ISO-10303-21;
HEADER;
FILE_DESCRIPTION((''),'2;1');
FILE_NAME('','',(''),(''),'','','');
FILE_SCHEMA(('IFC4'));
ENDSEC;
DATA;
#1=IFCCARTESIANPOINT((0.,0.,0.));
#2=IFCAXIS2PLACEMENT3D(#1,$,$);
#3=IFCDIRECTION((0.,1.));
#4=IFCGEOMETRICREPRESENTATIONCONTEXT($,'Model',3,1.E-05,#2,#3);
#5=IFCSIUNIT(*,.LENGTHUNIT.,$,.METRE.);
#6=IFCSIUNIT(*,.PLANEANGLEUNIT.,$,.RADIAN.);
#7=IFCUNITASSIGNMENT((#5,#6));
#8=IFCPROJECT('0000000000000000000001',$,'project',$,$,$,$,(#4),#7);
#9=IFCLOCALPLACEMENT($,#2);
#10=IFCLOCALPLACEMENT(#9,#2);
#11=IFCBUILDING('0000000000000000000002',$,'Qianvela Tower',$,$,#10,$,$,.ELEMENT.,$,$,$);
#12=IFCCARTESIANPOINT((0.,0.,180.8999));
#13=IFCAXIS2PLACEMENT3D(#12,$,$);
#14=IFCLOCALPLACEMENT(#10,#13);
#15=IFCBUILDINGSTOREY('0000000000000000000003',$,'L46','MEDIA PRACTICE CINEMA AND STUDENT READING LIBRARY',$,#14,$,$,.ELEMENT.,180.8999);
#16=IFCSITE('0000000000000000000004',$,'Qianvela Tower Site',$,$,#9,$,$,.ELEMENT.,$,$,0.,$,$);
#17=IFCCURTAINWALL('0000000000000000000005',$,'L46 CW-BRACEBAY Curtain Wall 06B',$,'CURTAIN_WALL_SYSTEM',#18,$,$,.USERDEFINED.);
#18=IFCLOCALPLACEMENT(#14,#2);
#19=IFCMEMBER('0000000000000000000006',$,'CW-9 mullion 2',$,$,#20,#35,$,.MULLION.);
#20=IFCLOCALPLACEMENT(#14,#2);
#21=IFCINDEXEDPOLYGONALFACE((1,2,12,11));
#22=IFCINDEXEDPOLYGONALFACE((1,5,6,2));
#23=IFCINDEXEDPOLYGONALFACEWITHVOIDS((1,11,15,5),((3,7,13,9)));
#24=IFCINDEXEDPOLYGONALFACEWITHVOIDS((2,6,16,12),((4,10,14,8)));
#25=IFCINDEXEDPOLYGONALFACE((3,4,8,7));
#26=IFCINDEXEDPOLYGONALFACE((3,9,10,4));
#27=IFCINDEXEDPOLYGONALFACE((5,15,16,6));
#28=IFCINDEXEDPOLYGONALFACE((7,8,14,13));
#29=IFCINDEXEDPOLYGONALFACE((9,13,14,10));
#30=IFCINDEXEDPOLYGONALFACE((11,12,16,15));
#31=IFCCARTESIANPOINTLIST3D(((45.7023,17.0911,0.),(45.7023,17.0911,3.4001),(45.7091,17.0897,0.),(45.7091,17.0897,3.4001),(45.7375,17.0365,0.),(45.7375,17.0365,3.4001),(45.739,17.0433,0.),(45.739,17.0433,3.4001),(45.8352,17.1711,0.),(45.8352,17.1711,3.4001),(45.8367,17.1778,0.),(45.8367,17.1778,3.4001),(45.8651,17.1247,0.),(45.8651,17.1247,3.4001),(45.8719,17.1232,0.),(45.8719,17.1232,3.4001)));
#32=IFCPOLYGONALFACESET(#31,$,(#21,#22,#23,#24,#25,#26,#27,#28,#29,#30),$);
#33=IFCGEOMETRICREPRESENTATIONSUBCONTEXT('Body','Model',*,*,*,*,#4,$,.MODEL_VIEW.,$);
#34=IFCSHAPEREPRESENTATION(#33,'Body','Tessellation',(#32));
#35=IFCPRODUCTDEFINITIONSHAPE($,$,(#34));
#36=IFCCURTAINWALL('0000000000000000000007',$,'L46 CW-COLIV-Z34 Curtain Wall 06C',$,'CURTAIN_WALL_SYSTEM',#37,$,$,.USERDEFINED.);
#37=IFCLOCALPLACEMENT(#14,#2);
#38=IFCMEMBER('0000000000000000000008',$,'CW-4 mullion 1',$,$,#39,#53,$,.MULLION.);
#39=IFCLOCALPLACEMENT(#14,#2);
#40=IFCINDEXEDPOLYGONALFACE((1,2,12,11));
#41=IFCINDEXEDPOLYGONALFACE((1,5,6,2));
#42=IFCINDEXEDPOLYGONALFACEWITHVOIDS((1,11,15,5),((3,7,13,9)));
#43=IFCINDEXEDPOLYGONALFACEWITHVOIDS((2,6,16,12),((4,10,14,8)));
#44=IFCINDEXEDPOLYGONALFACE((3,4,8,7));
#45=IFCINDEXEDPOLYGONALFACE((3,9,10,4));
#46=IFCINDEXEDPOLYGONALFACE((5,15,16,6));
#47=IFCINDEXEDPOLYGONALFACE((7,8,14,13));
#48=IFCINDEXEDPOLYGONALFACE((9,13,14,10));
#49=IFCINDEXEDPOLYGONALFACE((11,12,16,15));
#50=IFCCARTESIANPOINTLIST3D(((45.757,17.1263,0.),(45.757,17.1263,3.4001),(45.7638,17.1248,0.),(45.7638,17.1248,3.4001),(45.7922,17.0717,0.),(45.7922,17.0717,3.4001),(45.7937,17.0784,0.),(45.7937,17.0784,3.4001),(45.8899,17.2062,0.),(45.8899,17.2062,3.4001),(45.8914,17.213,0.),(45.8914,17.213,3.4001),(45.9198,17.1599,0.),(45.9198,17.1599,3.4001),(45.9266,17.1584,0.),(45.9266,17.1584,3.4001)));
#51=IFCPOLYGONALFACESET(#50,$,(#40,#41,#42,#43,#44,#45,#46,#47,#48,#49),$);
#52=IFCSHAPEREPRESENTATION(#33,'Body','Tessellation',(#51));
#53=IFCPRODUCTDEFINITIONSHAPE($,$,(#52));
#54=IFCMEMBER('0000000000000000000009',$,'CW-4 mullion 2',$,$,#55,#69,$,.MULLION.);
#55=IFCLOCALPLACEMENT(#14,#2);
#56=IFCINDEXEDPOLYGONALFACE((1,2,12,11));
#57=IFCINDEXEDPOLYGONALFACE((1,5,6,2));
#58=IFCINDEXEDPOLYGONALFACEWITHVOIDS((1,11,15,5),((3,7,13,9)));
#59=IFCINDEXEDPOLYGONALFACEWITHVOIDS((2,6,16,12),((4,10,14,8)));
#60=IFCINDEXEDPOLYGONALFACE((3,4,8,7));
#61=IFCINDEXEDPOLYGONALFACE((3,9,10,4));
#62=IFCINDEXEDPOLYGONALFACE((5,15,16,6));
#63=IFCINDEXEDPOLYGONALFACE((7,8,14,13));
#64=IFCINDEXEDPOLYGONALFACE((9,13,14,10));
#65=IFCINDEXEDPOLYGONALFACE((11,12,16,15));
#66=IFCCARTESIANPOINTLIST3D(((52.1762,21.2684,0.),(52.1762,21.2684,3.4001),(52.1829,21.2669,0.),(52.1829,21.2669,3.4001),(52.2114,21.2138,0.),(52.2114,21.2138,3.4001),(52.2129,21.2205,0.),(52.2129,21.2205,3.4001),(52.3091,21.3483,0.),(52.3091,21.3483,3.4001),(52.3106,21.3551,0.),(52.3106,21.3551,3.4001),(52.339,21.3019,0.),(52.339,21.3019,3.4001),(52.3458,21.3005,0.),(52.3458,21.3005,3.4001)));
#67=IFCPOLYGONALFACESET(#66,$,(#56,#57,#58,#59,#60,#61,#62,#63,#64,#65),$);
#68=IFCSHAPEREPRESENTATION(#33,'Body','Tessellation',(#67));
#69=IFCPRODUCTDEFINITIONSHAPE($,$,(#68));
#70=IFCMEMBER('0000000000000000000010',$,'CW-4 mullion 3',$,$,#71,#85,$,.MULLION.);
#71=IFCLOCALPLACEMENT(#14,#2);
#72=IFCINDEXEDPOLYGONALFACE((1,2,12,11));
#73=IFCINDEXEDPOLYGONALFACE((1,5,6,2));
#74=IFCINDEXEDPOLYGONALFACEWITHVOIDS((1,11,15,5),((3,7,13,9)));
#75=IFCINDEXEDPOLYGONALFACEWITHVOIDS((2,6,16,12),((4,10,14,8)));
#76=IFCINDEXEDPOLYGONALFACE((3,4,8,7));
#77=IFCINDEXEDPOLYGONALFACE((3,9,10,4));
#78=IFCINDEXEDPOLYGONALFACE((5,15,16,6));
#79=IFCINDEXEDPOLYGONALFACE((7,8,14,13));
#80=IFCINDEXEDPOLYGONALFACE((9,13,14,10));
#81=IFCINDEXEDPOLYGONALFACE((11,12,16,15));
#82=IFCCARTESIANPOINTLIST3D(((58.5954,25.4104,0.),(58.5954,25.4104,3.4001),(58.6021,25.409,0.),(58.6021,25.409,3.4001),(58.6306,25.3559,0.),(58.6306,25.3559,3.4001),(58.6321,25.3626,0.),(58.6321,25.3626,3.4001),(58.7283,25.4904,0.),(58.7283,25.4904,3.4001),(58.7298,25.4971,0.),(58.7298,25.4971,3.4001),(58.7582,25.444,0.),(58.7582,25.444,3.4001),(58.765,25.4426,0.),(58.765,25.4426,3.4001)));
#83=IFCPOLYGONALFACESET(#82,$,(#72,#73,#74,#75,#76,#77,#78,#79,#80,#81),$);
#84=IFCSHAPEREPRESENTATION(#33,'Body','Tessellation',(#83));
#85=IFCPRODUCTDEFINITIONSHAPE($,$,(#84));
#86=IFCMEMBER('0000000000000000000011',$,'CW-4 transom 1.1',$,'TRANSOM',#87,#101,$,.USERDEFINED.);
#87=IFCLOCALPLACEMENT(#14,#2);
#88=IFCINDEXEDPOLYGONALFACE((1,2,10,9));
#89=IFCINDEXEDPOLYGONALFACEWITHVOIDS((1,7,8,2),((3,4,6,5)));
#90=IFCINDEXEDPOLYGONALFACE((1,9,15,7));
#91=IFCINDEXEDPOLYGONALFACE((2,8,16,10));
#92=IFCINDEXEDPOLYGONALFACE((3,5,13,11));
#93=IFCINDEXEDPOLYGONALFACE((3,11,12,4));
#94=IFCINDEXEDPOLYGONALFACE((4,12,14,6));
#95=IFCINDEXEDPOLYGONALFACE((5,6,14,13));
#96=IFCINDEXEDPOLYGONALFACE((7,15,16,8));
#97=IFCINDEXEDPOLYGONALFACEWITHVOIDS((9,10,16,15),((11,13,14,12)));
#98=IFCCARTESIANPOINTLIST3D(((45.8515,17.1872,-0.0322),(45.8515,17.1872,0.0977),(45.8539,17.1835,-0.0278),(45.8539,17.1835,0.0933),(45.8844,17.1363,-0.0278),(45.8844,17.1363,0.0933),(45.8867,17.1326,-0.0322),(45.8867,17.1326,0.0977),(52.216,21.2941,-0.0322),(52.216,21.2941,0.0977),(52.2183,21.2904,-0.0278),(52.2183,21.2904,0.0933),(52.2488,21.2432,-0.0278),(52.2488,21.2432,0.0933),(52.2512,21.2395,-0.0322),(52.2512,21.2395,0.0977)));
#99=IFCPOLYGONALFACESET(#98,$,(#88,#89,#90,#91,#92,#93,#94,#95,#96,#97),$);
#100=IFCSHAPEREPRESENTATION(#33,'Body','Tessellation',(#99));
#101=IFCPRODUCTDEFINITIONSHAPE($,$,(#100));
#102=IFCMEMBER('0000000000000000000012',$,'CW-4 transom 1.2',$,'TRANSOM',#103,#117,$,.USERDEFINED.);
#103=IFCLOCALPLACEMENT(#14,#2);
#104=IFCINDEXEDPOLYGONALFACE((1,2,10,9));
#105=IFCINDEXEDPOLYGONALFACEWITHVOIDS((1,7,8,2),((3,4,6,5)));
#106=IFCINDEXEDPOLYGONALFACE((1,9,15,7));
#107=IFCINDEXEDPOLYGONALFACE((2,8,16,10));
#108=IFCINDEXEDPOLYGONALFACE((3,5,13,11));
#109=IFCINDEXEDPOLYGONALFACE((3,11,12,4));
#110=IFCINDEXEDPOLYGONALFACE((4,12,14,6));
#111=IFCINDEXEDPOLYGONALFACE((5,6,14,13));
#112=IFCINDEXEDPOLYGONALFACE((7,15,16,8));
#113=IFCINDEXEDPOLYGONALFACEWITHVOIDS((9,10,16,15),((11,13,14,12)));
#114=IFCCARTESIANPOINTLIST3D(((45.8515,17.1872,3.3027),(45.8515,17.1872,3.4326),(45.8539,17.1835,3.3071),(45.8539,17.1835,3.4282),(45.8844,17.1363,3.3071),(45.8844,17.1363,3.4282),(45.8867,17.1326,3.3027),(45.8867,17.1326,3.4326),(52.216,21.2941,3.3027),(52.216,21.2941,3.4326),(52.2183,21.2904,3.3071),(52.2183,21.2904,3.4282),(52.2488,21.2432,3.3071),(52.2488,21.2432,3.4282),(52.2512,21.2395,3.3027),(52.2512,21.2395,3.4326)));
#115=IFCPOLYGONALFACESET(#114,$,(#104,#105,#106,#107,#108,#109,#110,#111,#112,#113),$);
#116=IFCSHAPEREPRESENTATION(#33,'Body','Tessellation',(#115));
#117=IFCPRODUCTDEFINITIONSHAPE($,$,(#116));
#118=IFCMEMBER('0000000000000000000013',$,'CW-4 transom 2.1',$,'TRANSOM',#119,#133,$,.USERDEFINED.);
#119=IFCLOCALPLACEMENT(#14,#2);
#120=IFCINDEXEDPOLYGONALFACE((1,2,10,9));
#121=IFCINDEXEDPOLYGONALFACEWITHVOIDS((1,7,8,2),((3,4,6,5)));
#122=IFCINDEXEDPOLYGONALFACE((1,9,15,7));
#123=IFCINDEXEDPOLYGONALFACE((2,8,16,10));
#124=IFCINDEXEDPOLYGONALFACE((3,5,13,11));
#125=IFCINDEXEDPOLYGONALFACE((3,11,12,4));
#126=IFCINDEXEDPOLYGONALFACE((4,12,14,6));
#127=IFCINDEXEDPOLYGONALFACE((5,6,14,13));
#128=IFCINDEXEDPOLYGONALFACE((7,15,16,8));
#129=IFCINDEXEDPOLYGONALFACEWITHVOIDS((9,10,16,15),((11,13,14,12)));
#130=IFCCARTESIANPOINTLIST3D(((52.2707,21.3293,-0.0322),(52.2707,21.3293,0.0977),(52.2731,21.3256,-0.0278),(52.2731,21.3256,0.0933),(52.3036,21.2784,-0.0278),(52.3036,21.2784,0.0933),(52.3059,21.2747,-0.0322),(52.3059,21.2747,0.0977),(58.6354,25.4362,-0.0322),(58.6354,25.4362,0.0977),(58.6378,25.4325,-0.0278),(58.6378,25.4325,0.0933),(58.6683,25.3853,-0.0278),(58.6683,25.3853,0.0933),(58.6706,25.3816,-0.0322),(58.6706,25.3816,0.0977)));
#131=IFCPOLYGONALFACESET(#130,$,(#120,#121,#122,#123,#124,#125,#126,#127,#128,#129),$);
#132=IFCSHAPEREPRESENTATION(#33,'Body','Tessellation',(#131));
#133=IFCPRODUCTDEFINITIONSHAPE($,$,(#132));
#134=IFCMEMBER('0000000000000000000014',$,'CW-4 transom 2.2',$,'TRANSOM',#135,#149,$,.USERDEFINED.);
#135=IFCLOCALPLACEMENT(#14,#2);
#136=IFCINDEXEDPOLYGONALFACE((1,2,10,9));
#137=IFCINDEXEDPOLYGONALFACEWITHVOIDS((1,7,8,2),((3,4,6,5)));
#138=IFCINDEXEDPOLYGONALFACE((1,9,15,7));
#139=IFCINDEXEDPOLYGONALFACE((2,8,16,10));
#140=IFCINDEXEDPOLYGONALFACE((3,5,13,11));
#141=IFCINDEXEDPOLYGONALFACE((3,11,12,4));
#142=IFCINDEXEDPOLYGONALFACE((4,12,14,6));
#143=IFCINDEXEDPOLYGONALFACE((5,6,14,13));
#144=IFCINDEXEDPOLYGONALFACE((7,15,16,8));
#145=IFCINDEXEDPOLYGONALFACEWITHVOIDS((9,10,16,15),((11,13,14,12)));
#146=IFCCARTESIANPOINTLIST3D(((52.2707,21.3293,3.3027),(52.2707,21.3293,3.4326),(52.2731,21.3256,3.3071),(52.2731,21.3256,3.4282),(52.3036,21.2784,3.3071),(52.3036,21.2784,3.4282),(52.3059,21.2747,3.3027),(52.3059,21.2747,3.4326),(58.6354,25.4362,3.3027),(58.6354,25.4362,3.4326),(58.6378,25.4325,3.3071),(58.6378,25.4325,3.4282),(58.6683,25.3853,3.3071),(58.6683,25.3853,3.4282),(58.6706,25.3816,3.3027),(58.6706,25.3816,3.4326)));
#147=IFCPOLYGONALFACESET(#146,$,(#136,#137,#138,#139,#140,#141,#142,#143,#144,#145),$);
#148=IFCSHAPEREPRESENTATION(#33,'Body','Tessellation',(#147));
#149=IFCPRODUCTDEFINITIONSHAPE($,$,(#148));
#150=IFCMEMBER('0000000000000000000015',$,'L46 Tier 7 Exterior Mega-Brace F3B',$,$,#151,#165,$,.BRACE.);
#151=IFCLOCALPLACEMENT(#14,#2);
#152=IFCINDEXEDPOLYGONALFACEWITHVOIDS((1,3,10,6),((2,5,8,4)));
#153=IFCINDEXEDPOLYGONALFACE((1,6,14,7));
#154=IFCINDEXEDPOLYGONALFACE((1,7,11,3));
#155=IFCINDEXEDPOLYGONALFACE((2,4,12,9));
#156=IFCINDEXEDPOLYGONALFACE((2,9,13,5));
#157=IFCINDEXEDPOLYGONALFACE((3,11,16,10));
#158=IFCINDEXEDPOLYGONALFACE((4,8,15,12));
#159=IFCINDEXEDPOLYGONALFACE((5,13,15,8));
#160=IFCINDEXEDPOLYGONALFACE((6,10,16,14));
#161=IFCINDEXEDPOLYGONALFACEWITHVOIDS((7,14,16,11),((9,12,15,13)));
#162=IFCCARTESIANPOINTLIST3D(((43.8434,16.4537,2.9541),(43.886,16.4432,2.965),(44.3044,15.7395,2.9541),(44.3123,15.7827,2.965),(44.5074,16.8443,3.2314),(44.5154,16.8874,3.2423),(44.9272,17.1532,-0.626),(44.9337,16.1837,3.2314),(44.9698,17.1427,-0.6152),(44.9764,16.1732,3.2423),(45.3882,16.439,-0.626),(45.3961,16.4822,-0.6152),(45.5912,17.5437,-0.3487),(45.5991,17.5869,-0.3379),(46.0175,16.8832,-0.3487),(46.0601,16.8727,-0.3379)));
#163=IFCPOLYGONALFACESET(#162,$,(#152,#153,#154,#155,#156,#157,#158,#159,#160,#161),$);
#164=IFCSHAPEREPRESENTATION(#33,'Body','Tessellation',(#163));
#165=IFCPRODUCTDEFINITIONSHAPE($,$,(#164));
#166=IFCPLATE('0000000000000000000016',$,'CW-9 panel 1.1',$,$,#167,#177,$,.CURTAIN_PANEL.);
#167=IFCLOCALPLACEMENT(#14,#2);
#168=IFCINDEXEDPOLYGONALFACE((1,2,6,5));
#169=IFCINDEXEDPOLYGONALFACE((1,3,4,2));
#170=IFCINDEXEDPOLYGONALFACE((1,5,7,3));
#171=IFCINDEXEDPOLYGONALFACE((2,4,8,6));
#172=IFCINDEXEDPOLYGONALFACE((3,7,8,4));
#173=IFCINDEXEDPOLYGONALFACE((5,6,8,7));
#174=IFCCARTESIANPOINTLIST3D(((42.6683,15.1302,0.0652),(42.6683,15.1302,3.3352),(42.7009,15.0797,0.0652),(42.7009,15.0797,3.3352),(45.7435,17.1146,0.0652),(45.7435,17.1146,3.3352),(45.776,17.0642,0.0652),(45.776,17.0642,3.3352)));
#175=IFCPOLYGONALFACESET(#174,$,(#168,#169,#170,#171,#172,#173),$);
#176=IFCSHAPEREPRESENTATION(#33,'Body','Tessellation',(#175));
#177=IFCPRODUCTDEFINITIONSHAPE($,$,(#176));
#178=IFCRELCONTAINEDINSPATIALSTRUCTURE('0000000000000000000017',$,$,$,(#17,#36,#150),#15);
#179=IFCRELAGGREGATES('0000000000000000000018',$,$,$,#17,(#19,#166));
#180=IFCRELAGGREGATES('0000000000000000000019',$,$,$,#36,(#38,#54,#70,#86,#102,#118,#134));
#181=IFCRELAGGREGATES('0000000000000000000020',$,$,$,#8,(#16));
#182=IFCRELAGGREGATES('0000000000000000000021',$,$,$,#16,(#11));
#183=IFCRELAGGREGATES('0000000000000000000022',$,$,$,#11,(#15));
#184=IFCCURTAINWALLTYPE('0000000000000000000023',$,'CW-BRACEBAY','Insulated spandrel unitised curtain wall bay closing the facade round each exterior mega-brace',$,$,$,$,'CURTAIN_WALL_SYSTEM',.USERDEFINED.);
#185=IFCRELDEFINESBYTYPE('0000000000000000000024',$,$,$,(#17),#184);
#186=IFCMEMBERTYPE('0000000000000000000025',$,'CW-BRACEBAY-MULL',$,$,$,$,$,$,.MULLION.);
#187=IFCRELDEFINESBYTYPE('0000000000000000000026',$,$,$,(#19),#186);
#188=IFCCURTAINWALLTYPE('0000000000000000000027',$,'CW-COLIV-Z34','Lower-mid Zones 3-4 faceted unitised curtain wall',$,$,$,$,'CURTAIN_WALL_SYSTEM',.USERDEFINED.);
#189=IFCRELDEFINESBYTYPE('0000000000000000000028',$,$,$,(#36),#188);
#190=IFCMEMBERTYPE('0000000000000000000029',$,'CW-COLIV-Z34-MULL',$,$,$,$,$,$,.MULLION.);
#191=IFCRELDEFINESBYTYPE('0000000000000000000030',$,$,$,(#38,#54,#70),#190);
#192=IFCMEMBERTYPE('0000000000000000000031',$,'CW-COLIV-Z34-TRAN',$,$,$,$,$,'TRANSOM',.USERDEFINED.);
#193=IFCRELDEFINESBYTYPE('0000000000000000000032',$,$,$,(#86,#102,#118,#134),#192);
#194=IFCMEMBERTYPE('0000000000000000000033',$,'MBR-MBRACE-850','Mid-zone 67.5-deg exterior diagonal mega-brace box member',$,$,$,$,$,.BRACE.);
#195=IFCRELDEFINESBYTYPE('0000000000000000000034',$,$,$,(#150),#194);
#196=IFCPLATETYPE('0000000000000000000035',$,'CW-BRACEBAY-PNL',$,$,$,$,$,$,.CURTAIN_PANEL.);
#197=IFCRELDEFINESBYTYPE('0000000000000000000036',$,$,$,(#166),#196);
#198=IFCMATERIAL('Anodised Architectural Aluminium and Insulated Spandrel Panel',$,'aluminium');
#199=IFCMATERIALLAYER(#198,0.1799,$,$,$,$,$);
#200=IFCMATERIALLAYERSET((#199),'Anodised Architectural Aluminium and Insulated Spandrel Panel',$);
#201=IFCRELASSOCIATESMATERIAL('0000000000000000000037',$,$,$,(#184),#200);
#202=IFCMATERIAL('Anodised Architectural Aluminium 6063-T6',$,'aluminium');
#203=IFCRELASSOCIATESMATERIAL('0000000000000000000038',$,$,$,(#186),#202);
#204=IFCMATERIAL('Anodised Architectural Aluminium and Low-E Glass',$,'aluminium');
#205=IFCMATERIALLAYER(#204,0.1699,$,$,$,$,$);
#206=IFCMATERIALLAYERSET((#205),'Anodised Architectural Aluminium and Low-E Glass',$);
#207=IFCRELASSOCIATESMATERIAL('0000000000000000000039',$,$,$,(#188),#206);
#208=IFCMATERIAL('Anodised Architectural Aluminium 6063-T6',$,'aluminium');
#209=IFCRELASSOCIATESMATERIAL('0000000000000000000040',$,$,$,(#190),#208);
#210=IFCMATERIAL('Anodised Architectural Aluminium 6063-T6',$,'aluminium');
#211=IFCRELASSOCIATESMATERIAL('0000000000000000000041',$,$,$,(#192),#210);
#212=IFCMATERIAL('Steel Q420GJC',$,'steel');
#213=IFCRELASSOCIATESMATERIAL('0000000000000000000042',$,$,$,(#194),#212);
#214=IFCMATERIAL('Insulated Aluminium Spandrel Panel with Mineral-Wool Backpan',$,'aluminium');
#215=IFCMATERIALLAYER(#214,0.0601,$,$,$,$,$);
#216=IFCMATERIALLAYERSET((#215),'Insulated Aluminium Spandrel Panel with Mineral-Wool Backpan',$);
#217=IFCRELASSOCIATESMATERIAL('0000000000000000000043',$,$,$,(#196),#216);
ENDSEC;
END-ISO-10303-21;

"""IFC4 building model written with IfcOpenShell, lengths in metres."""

from ifc_helpers import new_model, si_unit, direction, frame, origin, origin_2d, place, context, subcontext, project, spatial, rectangle, hollow_rectangle, extrude, material, layer, layer_set, material_profile, profile_set, type_object, element, aggregate, save


model = new_model("IFC4")

# Units and contexts
model_context = context("Model", 3, precision=1e-05, world=origin(), true_north=direction((0.0, 1.0)))
body_context = subcontext(model_context, "Body", "Model", "MODEL_VIEW")
ifc_project = project(units=[si_unit("LENGTHUNIT", "METRE"), si_unit("PLANEANGLEUNIT", "RADIAN")], contexts=[model_context])

# Site, building, storey
site_placement = place(None, origin())
site = spatial("IfcSite", under=ifc_project, at=site_placement, Name="Qianvela Tower Site", CompositionType="ELEMENT", RefElevation=0.0)
building_placement = place(site_placement, origin())
building = spatial("IfcBuilding", under=site, at=building_placement, Name="Qianvela Tower", CompositionType="ELEMENT")
storey_placement = place(building_placement, frame((0.0, 0.0, 180.8999)))
storey = spatial("IfcBuildingStorey", under=building, at=storey_placement, Name="L46", Description="MEDIA PRACTICE CINEMA AND STUDENT READING LIBRARY", CompositionType="ELEMENT", Elevation=180.8999)

# Curtain wall, member
ifc_material_1 = material(Name="Anodised Architectural Aluminium and Insulated Spandrel Panel", Category="aluminium")
ifc_layer_1 = layer(ifc_material_1, 0.1799)
ifc_layer_set_1 = layer_set([ifc_layer_1], Name="Anodised Architectural Aluminium and Insulated Spandrel Panel")
curtain_wall_type_1 = type_object("IfcCurtainWallType", Name="CW-BRACEBAY", Description="Insulated spandrel unitised curtain wall bay closing the facade round each exterior mega-brace", ElementType="CURTAIN_WALL_SYSTEM", PredefinedType="USERDEFINED", material=ifc_layer_set_1)
curtain_wall_1_placement = place(storey_placement, origin())
curtain_wall_1 = element("IfcCurtainWall", 1, at=curtain_wall_1_placement, inside=storey, type_object=curtain_wall_type_1, Name="L46 CW-BRACEBAY Curtain Wall 06B", ObjectType="CURTAIN_WALL_SYSTEM", PredefinedType="USERDEFINED")
ifc_material_2 = material(Name="Anodised Architectural Aluminium 6063-T6", Category="aluminium")
ifc_material_profile_1 = material_profile(ifc_material_2, hollow_rectangle(XDim=0.0649, YDim=0.1599, WallThickness=0.0049, at=origin_2d()), Name="ALU-MULL-65x160")
ifc_profile_set_1 = profile_set([ifc_material_profile_1], Name="Anodised Architectural Aluminium 6063-T6")
member_type_1 = type_object("IfcMemberType", Name="CW-BRACEBAY-MULL", PredefinedType="MULLION", material=ifc_profile_set_1)
member_1_placement = place(storey_placement, frame((45.7871, 17.1072, 0.0), z_axis=(0.0, 0.0, 1.0), x_axis=(-0.542217, 0.840238, 0.0)))
member_1 = element("IfcMember", 2, at=member_1_placement, type_object=member_type_1, Name="CW-9 mullion 2", PredefinedType="MULLION", context=body_context, shape_type="SweptSolid", body=[
    extrude(hollow_rectangle(XDim=0.0649, YDim=0.1599, WallThickness=0.0049, at=origin_2d()), origin(), (0.0, 0.0, 1.0), 3.4001),
])

# Curtain wall, members
ifc_material_3 = material(Name="Anodised Architectural Aluminium and Low-E Glass", Category="aluminium")
ifc_layer_2 = layer(ifc_material_3, 0.1699)
ifc_layer_set_2 = layer_set([ifc_layer_2], Name="Anodised Architectural Aluminium and Low-E Glass")
curtain_wall_type_2 = type_object("IfcCurtainWallType", Name="CW-COLIV-Z34", Description="Lower-mid Zones 3-4 faceted unitised curtain wall", ElementType="CURTAIN_WALL_SYSTEM", PredefinedType="USERDEFINED", material=ifc_layer_set_2)
curtain_wall_2_placement = place(storey_placement, origin())
curtain_wall_2 = element("IfcCurtainWall", 3, at=curtain_wall_2_placement, inside=storey, type_object=curtain_wall_type_2, Name="L46 CW-COLIV-Z34 Curtain Wall 06C", ObjectType="CURTAIN_WALL_SYSTEM", PredefinedType="USERDEFINED")
ifc_material_4 = material(Name="Anodised Architectural Aluminium 6063-T6", Category="aluminium")
ifc_material_profile_2 = material_profile(ifc_material_4, hollow_rectangle(XDim=0.0649, YDim=0.1599, WallThickness=0.0049, at=origin_2d()), Name="ALU-MULL-65x160")
ifc_profile_set_2 = profile_set([ifc_material_profile_2], Name="Anodised Architectural Aluminium 6063-T6")
member_type_2 = type_object("IfcMemberType", Name="CW-COLIV-Z34-MULL", PredefinedType="MULLION", material=ifc_profile_set_2)
member_2_placement = place(storey_placement, frame((45.8418, 17.1423, 0.0), z_axis=(0.0, 0.0, 1.0), x_axis=(-0.54219, 0.840256, 0.0)))
member_2 = element("IfcMember", 4, at=member_2_placement, type_object=member_type_2, Name="CW-4 mullion 1", PredefinedType="MULLION", context=body_context, shape_type="SweptSolid", body=[
    extrude(hollow_rectangle(XDim=0.0649, YDim=0.1599, WallThickness=0.0049, at=origin_2d()), origin(), (0.0, 0.0, 1.0), 3.4001),
])
member_3_placement = place(storey_placement, frame((52.261, 21.2844, 0.0), z_axis=(0.0, 0.0, 1.0), x_axis=(-0.54219, 0.840256, 0.0)))
member_3 = element("IfcMember", 5, at=member_3_placement, type_object=member_type_2, Name="CW-4 mullion 2", PredefinedType="MULLION", context=body_context, shape_type="SweptSolid", body=[
    extrude(hollow_rectangle(XDim=0.0649, YDim=0.1599, WallThickness=0.0049, at=origin_2d()), origin(), (0.0, 0.0, 1.0), 3.4001),
])
member_4_placement = place(storey_placement, frame((58.6802, 25.4265, 0.0), z_axis=(0.0, 0.0, 1.0), x_axis=(-0.54219, 0.840256, 0.0)))
member_4 = element("IfcMember", 6, at=member_4_placement, type_object=member_type_2, Name="CW-4 mullion 3", PredefinedType="MULLION", context=body_context, shape_type="SweptSolid", body=[
    extrude(hollow_rectangle(XDim=0.0649, YDim=0.1599, WallThickness=0.0049, at=origin_2d()), origin(), (0.0, 0.0, 1.0), 3.4001),
])
ifc_material_5 = material(Name="Anodised Architectural Aluminium 6063-T6", Category="aluminium")
ifc_material_profile_3 = material_profile(ifc_material_5, hollow_rectangle(XDim=0.0649, YDim=0.1299, WallThickness=0.0044, at=origin_2d()), Name="ALU-TRAN-65x130")
ifc_profile_set_3 = profile_set([ifc_material_profile_3], Name="Anodised Architectural Aluminium 6063-T6")
member_type_3 = type_object("IfcMemberType", Name="CW-COLIV-Z34-TRAN", ElementType="TRANSOM", PredefinedType="USERDEFINED", material=ifc_profile_set_3)
member_5_placement = place(storey_placement, frame((45.8691, 17.1599, 0.0327), z_axis=(0.840248, 0.542202, 0.0), x_axis=(-0.542202, 0.840248, 0.0)))
member_5 = element("IfcMember", 7, at=member_5_placement, type_object=member_type_3, Name="CW-4 transom 1.1", ObjectType="TRANSOM", PredefinedType="USERDEFINED", context=body_context, shape_type="SweptSolid", body=[
    extrude(hollow_rectangle(XDim=0.0649, YDim=0.1299, WallThickness=0.0044, at=origin_2d()), origin(), (0.0, 0.0, 1.0), 7.5745),
])
member_6_placement = place(storey_placement, frame((45.8691, 17.1599, 3.3677), z_axis=(0.840248, 0.542202, 0.0), x_axis=(-0.542202, 0.840248, 0.0)))
member_6 = element("IfcMember", 8, at=member_6_placement, type_object=member_type_3, Name="CW-4 transom 1.2", ObjectType="TRANSOM", PredefinedType="USERDEFINED", context=body_context, shape_type="SweptSolid", body=[
    extrude(hollow_rectangle(XDim=0.0649, YDim=0.1299, WallThickness=0.0044, at=origin_2d()), origin(), (0.0, 0.0, 1.0), 7.5745),
])
member_7_placement = place(storey_placement, frame((52.2883, 21.302, 0.0327), z_axis=(0.840258, 0.542187, 0.0), x_axis=(-0.542187, 0.840258, 0.0)))
member_7 = element("IfcMember", 9, at=member_7_placement, type_object=member_type_3, Name="CW-4 transom 2.1", ObjectType="TRANSOM", PredefinedType="USERDEFINED", context=body_context, shape_type="SweptSolid", body=[
    extrude(hollow_rectangle(XDim=0.0649, YDim=0.1299, WallThickness=0.0044, at=origin_2d()), origin(), (0.0, 0.0, 1.0), 7.5747),
])
member_8_placement = place(storey_placement, frame((52.2883, 21.302, 3.3677), z_axis=(0.840258, 0.542187, 0.0), x_axis=(-0.542187, 0.840258, 0.0)))
member_8 = element("IfcMember", 10, at=member_8_placement, type_object=member_type_3, Name="CW-4 transom 2.2", ObjectType="TRANSOM", PredefinedType="USERDEFINED", context=body_context, shape_type="SweptSolid", body=[
    extrude(hollow_rectangle(XDim=0.0649, YDim=0.1299, WallThickness=0.0044, at=origin_2d()), origin(), (0.0, 0.0, 1.0), 7.5747),
])

# Member
ifc_material_6 = material(Name="Steel Q420GJC", Category="steel")
ifc_material_profile_4 = material_profile(ifc_material_6, hollow_rectangle(XDim=0.8501, YDim=0.8501, WallThickness=0.032, at=origin_2d()), Name="MBOX-850x850x32")
ifc_profile_set_4 = profile_set([ifc_material_profile_4], Name="Steel Q420GJC")
member_type_4 = type_object("IfcMemberType", Name="MBR-MBRACE-850", Description="Mid-zone 67.5-deg exterior diagonal mega-brace box member", PredefinedType="BRACE", material=ifc_profile_set_4)
member_9_placement = place(storey_placement, frame((45.4937, 17.0129, -0.4819), z_axis=(-0.284794, -0.18381, 0.940801), x_axis=(0.542278, -0.840199, 0.0)))
element("IfcMember", 11, at=member_9_placement, inside=storey, type_object=member_type_4, Name="L46 Tier 7 Exterior Mega-Brace F3B", PredefinedType="BRACE", context=body_context, shape_type="SweptSolid", body=[
    extrude(hollow_rectangle(XDim=0.8501, YDim=0.8501, WallThickness=0.032, at=origin_2d()), origin(), (0.0, 0.0, 1.0), 3.8054),
])

# Plate
ifc_material_7 = material(Name="Insulated Aluminium Spandrel Panel with Mineral-Wool Backpan", Category="aluminium")
ifc_layer_3 = layer(ifc_material_7, 0.0601)
ifc_layer_set_3 = layer_set([ifc_layer_3], Name="Insulated Aluminium Spandrel Panel with Mineral-Wool Backpan")
plate_type_1 = type_object("IfcPlateType", Name="CW-BRACEBAY-PNL", PredefinedType="CURTAIN_PANEL", material=ifc_layer_set_3)
plate_1_placement = place(storey_placement, frame((44.2222, 16.0972, 0.0652), z_axis=(0.0, 0.0, 1.0), x_axis=(0.840238, 0.542217, 0.0)))
plate_1 = element("IfcPlate", 12, at=plate_1_placement, type_object=plate_type_1, Name="CW-9 panel 1.1", PredefinedType="CURTAIN_PANEL", context=body_context, shape_type="SweptSolid", body=[
    extrude(rectangle(XDim=3.6599, YDim=0.0601, at=origin_2d()), origin(), (0.0, 0.0, 1.0), 3.27),
])
aggregate(curtain_wall_1, [member_1, plate_1])
aggregate(curtain_wall_2, [member_2, member_3, member_4, member_5, member_6, member_7, member_8])

save(model, "model.ifc")
